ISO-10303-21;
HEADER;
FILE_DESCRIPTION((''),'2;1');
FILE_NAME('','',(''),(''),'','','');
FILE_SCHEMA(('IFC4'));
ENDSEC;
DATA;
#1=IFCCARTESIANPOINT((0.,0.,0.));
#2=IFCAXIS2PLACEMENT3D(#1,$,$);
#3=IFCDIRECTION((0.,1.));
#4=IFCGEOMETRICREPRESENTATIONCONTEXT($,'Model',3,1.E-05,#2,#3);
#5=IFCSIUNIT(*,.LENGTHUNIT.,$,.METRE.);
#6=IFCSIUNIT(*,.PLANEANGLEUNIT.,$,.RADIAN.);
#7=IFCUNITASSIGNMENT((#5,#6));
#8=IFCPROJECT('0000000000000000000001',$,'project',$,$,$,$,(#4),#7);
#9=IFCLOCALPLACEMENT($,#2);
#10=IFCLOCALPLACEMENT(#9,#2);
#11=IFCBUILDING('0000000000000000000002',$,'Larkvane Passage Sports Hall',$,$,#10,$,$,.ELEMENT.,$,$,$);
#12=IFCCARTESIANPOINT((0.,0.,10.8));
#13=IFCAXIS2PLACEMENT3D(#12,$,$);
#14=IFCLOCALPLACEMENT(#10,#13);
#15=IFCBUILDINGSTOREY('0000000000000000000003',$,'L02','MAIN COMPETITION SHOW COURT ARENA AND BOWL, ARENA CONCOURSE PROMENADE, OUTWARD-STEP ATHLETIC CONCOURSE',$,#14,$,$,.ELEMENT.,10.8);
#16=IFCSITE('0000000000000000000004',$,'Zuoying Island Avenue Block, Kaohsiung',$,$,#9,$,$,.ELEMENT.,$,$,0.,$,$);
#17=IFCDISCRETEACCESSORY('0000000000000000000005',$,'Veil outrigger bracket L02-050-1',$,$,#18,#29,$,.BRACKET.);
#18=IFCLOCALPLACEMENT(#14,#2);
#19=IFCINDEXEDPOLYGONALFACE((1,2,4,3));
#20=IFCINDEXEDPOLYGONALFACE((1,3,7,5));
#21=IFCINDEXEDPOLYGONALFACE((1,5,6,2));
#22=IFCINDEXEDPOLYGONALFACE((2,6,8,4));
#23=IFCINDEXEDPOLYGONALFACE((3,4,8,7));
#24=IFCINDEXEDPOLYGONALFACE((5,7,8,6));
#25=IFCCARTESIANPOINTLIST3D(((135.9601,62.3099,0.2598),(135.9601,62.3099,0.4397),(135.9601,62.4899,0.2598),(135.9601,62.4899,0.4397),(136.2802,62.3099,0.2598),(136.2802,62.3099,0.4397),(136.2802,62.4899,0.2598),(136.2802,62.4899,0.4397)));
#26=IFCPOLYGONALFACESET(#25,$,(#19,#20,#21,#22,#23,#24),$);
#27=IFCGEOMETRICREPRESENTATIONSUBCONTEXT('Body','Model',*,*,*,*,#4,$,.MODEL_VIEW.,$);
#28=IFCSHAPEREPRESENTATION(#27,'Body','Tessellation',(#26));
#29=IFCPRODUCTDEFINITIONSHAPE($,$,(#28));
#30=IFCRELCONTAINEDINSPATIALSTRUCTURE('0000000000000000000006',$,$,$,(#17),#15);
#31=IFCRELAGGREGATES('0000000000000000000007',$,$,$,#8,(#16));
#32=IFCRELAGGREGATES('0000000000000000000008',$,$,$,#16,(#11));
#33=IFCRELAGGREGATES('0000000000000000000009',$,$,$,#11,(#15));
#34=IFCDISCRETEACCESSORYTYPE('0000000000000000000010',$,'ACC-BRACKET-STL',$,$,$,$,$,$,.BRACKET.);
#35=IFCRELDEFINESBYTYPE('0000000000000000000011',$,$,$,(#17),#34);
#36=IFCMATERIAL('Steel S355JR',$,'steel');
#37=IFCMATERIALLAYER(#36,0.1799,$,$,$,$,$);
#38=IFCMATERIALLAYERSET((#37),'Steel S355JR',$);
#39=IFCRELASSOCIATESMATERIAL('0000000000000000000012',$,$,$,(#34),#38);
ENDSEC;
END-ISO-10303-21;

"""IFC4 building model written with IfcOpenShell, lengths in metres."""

from ifc_helpers import new_model, si_unit, direction, frame, origin, origin_2d, place, context, subcontext, project, spatial, rectangle, extrude, material, layer, layer_set, type_object, element, save


model = new_model("IFC4")

# Units and contexts
model_context = context("Model", 3, precision=1e-05, world=origin(), true_north=direction((0.0, 1.0)))
body_context = subcontext(model_context, "Body", "Model", "MODEL_VIEW")
ifc_project = project(units=[si_unit("LENGTHUNIT", "METRE"), si_unit("PLANEANGLEUNIT", "RADIAN")], contexts=[model_context])

# Site, building, storey
site_placement = place(None, origin())
site = spatial("IfcSite", under=ifc_project, at=site_placement, Name="Zuoying Island Avenue Block, Kaohsiung", CompositionType="ELEMENT", RefElevation=0.0)
building_placement = place(site_placement, origin())
building = spatial("IfcBuilding", under=site, at=building_placement, Name="Larkvane Passage Sports Hall", CompositionType="ELEMENT")
storey_placement = place(building_placement, frame((0.0, 0.0, 10.8)))
storey = spatial("IfcBuildingStorey", under=building, at=storey_placement, Name="L02", Description="MAIN COMPETITION SHOW COURT ARENA AND BOWL, ARENA CONCOURSE PROMENADE, OUTWARD-STEP ATHLETIC CONCOURSE", CompositionType="ELEMENT", Elevation=10.8)

# Shared definitions
ifc_material_1 = material(Name="Steel S355JR", Category="steel")

# Discrete accessory
ifc_layer_1 = layer(ifc_material_1, 0.1799)
ifc_layer_set_1 = layer_set([ifc_layer_1], Name="Steel S355JR")
discrete_accessory_type = type_object("IfcDiscreteAccessoryType", Name="ACC-BRACKET-STL", PredefinedType="BRACKET", material=ifc_layer_set_1)
discrete_accessory_placement = place(storey_placement, frame((136.1201, 62.3999, 0.2598), z_axis=(0.0, 0.0, 1.0), x_axis=(0.0, -1.0, 0.0)))
element("IfcDiscreteAccessory", 1, at=discrete_accessory_placement, inside=storey, type_object=discrete_accessory_type, Name="Veil outrigger bracket L02-050-1", PredefinedType="BRACKET", context=body_context, shape_type="SweptSolid", body=[
    extrude(rectangle(XDim=0.1799, YDim=0.3201, at=origin_2d()), origin(), (0.0, 0.0, 1.0), 0.1799),
])

save(model, "model.ifc")
